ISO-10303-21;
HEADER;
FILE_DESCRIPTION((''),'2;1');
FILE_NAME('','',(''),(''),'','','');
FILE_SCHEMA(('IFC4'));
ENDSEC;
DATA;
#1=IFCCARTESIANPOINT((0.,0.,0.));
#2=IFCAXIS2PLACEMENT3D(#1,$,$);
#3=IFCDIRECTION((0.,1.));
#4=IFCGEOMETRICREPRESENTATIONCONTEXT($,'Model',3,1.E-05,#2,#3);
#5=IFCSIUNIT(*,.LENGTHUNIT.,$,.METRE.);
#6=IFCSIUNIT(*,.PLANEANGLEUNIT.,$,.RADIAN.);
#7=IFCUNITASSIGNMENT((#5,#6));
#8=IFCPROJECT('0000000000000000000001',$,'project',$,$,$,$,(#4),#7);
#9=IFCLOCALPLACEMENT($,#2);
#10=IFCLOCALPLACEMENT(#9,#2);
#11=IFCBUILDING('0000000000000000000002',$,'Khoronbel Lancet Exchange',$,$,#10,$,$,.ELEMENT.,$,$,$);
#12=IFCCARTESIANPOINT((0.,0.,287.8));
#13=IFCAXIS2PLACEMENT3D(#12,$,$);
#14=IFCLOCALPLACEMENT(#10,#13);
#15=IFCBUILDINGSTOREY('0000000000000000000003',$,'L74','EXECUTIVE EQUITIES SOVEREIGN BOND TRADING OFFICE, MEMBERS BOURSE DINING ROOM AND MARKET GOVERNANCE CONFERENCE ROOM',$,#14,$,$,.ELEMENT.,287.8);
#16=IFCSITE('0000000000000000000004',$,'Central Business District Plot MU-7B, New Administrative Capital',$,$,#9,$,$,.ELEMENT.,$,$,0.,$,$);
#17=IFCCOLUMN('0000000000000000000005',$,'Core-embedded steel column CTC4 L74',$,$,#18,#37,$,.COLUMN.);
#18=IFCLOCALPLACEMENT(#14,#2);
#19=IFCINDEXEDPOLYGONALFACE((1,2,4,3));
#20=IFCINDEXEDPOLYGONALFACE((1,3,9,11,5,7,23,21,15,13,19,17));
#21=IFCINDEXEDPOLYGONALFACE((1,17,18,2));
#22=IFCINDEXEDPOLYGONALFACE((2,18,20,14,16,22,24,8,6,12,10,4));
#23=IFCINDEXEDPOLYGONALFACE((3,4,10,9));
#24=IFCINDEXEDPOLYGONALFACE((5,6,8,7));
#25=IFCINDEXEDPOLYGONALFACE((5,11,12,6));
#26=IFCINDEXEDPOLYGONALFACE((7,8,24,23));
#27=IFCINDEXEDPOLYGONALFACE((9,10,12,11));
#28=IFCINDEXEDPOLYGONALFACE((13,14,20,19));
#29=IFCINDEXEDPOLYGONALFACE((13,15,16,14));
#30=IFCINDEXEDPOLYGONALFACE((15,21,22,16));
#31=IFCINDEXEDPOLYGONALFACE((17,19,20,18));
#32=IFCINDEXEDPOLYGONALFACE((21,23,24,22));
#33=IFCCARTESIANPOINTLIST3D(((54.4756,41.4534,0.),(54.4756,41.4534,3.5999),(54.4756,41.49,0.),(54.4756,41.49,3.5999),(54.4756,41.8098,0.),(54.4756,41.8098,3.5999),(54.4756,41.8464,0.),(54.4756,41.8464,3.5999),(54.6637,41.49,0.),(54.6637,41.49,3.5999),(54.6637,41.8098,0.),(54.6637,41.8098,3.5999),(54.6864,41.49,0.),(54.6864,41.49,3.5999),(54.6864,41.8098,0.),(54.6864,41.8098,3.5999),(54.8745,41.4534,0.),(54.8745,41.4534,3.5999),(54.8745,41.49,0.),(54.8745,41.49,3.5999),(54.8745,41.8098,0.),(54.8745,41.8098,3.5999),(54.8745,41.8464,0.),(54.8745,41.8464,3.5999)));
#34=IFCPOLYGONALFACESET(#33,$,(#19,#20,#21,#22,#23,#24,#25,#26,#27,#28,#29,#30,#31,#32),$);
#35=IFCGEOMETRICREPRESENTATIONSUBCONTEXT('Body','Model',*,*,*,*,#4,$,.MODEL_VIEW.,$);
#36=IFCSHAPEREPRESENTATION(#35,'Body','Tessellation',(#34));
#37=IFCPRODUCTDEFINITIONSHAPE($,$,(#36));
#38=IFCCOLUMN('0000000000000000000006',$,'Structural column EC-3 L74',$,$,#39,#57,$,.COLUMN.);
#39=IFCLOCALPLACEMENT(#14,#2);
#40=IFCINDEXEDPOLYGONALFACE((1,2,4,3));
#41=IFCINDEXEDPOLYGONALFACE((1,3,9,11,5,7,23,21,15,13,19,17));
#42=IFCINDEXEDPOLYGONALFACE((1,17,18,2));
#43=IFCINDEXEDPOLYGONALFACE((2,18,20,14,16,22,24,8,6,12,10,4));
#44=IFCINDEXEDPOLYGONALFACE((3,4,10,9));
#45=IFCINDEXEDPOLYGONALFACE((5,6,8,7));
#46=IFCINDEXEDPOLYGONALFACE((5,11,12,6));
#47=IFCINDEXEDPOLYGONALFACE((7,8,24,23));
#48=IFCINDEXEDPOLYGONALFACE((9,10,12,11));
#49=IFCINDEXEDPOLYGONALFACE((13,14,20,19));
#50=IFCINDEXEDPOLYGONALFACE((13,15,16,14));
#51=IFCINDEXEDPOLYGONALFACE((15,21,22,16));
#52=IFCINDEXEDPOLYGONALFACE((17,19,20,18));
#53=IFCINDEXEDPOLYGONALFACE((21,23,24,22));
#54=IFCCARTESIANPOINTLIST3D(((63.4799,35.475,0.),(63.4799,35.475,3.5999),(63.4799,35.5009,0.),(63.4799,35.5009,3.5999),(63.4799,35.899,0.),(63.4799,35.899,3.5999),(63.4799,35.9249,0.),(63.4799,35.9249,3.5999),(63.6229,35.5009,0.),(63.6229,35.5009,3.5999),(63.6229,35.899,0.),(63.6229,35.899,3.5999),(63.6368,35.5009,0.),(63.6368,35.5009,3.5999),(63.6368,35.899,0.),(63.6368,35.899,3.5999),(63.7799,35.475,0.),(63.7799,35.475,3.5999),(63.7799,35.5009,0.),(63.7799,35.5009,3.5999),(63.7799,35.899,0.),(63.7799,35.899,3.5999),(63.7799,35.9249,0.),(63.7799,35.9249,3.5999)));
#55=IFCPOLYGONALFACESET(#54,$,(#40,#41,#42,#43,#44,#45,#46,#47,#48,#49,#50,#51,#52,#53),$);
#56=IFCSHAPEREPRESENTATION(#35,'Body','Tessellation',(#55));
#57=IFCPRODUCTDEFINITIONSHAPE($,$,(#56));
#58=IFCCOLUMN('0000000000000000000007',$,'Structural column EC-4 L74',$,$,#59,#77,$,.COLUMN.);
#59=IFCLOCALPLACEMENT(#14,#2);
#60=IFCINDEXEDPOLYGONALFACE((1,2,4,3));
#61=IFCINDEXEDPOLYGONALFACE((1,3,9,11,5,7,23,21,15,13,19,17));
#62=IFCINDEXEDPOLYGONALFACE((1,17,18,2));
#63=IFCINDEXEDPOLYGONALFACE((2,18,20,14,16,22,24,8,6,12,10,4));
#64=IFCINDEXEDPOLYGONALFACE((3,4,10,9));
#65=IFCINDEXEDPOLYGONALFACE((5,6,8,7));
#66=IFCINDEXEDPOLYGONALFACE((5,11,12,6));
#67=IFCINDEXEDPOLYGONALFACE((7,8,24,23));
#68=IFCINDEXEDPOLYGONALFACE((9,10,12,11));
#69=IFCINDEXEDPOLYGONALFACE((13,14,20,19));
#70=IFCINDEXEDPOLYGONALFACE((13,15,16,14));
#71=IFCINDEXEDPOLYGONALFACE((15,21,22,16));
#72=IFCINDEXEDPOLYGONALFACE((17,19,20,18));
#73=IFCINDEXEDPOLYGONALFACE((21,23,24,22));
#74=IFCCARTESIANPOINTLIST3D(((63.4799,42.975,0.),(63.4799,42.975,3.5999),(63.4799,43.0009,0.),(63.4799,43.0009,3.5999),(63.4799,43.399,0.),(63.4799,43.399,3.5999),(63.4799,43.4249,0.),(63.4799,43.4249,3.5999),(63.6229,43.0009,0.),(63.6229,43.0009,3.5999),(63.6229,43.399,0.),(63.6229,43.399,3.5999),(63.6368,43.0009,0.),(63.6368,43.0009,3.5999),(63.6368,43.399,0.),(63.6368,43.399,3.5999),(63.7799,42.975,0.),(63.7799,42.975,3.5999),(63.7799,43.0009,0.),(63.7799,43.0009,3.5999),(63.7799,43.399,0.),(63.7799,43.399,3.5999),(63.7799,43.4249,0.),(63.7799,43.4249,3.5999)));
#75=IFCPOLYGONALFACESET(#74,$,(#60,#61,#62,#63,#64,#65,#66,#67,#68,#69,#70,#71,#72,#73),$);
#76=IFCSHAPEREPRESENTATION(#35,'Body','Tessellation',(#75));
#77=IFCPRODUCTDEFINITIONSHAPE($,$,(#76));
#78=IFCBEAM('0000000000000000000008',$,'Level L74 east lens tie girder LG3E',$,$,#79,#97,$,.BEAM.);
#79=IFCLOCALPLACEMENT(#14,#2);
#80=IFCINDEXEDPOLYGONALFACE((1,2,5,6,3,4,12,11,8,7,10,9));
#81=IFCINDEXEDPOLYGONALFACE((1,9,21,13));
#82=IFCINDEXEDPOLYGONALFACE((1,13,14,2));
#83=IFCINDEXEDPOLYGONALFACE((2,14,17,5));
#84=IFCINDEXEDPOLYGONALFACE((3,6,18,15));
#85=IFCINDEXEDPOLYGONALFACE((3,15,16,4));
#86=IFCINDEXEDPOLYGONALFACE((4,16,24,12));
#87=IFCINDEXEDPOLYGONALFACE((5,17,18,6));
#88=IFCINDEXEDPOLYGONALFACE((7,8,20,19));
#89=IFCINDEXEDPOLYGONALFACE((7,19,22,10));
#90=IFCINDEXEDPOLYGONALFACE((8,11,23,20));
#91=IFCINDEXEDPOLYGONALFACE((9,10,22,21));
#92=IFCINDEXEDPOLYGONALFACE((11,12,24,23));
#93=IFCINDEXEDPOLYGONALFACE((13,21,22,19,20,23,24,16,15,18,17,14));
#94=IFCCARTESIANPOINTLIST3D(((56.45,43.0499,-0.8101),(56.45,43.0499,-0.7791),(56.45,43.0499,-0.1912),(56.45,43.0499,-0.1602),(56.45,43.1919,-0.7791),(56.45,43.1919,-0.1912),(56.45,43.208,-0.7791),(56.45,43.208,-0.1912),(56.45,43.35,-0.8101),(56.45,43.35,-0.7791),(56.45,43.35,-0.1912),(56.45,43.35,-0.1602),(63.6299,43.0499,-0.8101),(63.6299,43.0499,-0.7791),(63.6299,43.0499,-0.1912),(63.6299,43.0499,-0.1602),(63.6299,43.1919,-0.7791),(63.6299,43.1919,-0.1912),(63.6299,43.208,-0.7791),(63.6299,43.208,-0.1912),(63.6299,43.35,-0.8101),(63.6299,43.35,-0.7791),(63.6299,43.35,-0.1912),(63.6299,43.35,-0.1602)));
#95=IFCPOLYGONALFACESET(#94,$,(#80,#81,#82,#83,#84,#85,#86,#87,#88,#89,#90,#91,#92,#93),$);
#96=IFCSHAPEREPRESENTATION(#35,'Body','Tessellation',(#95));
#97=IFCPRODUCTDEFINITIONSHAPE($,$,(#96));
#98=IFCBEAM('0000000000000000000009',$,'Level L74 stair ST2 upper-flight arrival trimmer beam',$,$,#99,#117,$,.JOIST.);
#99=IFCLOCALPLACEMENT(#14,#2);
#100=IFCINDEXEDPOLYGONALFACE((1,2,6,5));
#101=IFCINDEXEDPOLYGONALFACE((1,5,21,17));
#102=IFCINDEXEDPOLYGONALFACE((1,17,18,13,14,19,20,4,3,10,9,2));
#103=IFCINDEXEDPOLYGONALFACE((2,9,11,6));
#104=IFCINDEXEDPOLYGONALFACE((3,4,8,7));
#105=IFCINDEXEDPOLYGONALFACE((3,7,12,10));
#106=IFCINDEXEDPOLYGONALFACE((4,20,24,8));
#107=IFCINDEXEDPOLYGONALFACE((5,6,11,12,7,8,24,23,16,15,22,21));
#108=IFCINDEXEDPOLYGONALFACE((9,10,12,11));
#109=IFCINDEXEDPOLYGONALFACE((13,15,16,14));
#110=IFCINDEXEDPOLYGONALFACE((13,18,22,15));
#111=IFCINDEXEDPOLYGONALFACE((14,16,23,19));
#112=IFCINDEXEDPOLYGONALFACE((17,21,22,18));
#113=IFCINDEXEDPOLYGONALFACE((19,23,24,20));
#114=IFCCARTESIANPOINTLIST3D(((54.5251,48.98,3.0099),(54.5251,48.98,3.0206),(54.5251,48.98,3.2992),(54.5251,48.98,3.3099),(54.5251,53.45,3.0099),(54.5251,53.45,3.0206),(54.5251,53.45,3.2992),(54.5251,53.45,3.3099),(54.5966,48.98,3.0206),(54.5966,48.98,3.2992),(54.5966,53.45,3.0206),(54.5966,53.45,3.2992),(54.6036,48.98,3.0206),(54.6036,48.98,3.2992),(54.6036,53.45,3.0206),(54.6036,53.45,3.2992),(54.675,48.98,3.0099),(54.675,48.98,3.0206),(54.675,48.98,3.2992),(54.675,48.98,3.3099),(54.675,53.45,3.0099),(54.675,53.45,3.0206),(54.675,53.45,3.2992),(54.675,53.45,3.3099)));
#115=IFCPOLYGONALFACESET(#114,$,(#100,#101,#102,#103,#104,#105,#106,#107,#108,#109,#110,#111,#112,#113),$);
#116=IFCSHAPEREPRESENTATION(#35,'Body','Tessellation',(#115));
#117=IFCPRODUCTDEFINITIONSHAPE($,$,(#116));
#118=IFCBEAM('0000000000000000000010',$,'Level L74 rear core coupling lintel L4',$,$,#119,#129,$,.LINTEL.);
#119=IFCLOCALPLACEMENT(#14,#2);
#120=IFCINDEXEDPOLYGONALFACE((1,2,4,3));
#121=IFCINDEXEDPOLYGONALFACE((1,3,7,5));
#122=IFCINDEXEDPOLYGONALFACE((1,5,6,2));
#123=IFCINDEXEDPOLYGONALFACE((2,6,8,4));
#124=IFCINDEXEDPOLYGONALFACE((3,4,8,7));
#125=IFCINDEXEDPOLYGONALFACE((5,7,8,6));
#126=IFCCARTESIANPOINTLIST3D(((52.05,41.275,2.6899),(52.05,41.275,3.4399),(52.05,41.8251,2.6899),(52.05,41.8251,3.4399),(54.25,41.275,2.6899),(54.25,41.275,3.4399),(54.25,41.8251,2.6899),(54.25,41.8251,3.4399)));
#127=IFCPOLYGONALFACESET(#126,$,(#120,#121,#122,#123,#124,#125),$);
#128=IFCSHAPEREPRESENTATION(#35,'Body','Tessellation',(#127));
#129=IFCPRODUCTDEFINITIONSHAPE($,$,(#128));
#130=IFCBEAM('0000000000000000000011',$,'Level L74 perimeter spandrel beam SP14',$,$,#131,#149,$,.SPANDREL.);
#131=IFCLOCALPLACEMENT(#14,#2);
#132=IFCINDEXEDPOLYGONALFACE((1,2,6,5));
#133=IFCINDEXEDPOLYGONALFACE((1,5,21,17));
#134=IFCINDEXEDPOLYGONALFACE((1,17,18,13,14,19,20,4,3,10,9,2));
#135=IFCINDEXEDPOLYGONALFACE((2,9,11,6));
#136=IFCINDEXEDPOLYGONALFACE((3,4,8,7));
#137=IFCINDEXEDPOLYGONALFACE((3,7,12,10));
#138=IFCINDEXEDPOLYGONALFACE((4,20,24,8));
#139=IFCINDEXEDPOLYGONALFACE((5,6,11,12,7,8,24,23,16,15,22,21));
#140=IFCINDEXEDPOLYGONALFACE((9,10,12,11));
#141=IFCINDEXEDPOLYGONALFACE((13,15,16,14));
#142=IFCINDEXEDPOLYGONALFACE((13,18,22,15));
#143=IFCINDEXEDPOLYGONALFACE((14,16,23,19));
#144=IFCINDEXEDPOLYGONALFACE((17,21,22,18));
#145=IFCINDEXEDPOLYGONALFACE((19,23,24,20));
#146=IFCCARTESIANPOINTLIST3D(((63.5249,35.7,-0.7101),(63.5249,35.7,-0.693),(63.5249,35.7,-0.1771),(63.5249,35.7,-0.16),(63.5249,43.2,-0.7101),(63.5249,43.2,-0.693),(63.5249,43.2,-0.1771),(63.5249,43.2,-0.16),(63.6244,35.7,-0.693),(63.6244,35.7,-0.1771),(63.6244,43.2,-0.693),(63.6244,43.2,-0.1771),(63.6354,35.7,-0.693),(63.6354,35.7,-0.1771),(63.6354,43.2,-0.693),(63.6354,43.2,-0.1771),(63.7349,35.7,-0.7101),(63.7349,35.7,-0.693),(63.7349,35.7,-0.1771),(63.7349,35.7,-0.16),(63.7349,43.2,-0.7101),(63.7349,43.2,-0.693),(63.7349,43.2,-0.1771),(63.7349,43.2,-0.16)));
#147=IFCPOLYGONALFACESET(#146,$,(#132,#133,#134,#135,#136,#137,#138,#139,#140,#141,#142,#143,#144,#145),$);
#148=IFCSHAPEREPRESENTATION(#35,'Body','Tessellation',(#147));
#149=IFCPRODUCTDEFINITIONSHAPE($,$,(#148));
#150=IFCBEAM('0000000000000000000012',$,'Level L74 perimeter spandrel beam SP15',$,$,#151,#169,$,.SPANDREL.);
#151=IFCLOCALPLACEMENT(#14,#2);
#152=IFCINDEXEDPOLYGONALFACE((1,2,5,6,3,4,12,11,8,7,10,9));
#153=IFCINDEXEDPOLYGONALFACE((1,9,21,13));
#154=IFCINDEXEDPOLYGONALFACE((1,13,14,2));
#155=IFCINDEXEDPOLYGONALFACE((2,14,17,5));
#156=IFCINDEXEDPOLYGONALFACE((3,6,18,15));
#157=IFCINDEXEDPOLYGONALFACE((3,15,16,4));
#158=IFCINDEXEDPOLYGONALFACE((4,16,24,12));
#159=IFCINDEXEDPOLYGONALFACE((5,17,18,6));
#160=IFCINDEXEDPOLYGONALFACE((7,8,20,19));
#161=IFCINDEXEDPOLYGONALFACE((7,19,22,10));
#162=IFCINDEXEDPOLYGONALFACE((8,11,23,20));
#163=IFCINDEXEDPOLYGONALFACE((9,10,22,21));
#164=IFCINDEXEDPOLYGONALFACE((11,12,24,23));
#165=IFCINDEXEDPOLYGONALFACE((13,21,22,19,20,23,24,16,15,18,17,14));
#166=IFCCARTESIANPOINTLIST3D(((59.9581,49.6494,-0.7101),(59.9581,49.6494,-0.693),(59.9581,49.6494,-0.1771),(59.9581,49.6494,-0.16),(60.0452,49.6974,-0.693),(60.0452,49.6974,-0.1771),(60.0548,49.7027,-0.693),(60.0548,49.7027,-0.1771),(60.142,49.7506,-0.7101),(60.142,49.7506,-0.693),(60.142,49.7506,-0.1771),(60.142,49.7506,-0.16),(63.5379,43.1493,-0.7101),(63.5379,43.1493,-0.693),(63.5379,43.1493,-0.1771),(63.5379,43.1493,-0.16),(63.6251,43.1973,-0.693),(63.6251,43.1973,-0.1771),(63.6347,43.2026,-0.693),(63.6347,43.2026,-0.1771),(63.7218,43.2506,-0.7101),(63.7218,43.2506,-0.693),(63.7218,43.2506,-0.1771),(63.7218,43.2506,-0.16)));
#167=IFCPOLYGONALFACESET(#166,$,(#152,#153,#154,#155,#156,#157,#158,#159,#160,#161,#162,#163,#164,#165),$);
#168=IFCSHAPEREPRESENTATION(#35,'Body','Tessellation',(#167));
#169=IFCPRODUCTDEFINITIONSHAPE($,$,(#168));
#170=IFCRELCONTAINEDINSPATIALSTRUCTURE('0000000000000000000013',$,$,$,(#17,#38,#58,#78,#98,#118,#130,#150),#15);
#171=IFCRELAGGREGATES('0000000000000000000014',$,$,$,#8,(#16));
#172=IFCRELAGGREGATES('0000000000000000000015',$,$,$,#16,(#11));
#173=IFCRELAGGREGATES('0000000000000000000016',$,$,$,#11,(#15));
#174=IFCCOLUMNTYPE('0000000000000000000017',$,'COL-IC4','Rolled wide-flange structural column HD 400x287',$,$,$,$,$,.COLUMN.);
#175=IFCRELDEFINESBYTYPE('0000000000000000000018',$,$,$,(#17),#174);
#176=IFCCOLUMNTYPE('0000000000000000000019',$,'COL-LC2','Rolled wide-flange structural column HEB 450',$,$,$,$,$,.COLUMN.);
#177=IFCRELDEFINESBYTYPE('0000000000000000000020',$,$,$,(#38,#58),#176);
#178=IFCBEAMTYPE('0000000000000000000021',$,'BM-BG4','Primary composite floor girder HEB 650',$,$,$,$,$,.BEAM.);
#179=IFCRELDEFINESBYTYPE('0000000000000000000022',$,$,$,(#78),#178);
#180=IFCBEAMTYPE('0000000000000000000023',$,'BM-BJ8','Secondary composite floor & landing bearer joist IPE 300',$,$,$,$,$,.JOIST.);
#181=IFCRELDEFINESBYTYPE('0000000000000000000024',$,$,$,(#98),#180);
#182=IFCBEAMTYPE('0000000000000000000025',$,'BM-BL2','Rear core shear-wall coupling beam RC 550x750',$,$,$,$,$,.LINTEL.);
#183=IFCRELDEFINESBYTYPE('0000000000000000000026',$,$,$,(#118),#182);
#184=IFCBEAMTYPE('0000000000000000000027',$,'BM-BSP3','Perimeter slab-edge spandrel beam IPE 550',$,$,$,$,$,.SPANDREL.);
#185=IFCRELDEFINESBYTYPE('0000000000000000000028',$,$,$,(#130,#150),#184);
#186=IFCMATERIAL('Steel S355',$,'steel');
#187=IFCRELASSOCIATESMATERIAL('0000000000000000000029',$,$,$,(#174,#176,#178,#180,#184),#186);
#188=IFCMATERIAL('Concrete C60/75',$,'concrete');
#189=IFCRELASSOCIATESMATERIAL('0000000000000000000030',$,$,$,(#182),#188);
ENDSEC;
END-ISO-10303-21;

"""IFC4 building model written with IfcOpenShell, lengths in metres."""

from ifc_helpers import new_model, si_unit, direction, frame, origin, origin_2d, place, context, subcontext, project, spatial, rectangle, i_section, extrude, material, material_profile, profile_set, type_object, element, save


model = new_model("IFC4")

# Units and contexts
model_context = context("Model", 3, precision=1e-05, world=origin(), true_north=direction((0.0, 1.0)))
body_context = subcontext(model_context, "Body", "Model", "MODEL_VIEW")
ifc_project = project(units=[si_unit("LENGTHUNIT", "METRE"), si_unit("PLANEANGLEUNIT", "RADIAN")], contexts=[model_context])

# Site, building, storey
site_placement = place(None, origin())
site = spatial("IfcSite", under=ifc_project, at=site_placement, Name="Central Business District Plot MU-7B, New Administrative Capital", CompositionType="ELEMENT", RefElevation=0.0)
building_placement = place(site_placement, origin())
building = spatial("IfcBuilding", under=site, at=building_placement, Name="Khoronbel Lancet Exchange", CompositionType="ELEMENT")
storey_placement = place(building_placement, frame((0.0, 0.0, 287.8)))
storey = spatial("IfcBuildingStorey", under=building, at=storey_placement, Name="L74", Description="EXECUTIVE EQUITIES SOVEREIGN BOND TRADING OFFICE, MEMBERS BOURSE DINING ROOM AND MARKET GOVERNANCE CONFERENCE ROOM", CompositionType="ELEMENT", Elevation=287.8)

# Columns
ifc_material_1 = material(Name="Steel S355", Category="steel")
ifc_material_profile_1 = material_profile(ifc_material_1, i_section(OverallWidth=0.3989, OverallDepth=0.3931, WebThickness=0.0227, FlangeThickness=0.0366, at=origin_2d()), Name="HD 400x287")
ifc_profile_set_1 = profile_set([ifc_material_profile_1], Name="Steel S355")
column_type_1 = type_object("IfcColumnType", Name="COL-IC4", Description="Rolled wide-flange structural column HD 400x287", PredefinedType="COLUMN", material=ifc_profile_set_1)
column_placement = place(storey_placement, frame((54.675, 41.6499, 0.0), z_axis=(0.0, 0.0, 1.0), x_axis=(1.0, 0.0, 0.0)))
element("IfcColumn", 1, at=column_placement, inside=storey, type_object=column_type_1, Name="Core-embedded steel column CTC4 L74", PredefinedType="COLUMN", context=body_context, shape_type="SweptSolid", body=[
    extrude(i_section(OverallWidth=0.3989, OverallDepth=0.3931, WebThickness=0.0227, FlangeThickness=0.0366, at=origin_2d()), origin(), (0.0, 0.0, 1.0), 3.5999),
])
ifc_material_profile_2 = material_profile(ifc_material_1, i_section(OverallWidth=0.3, OverallDepth=0.45, WebThickness=0.0139, FlangeThickness=0.0259, at=origin_2d()), Name="HEB 450")
ifc_profile_set_2 = profile_set([ifc_material_profile_2], Name="Steel S355")
column_type_2 = type_object("IfcColumnType", Name="COL-LC2", Description="Rolled wide-flange structural column HEB 450", PredefinedType="COLUMN", material=ifc_profile_set_2)
for number, where, z_axis, x_axis, name in (
    (2, (63.6299, 35.7, 0.0), (0.0, 0.0, 1.0), (1.0, 0.0, 0.0), "Structural column EC-3 L74"),
    (3, (63.6299, 43.2, 0.0), (0.0, 0.0, 1.0), (1.0, 0.0, 0.0), "Structural column EC-4 L74"),
):
    element("IfcColumn", number, at=place(storey_placement, frame(where, z_axis=z_axis, x_axis=x_axis)), inside=storey, type_object=column_type_2, Name=name, PredefinedType="COLUMN", context=body_context, shape_type="SweptSolid", body=[
        extrude(i_section(OverallWidth=0.3, OverallDepth=0.45, WebThickness=0.0139, FlangeThickness=0.0259, at=origin_2d()), origin(), (0.0, 0.0, 1.0), 3.5999),
    ])

# Beams
ifc_material_profile_3 = material_profile(ifc_material_1, i_section(OverallWidth=0.3, OverallDepth=0.6499, WebThickness=0.0161, FlangeThickness=0.031, at=origin_2d()), Name="HEB 650")
ifc_profile_set_3 = profile_set([ifc_material_profile_3], Name="Steel S355")
beam_type_1 = type_object("IfcBeamType", Name="BM-BG4", Description="Primary composite floor girder HEB 650", PredefinedType="BEAM", material=ifc_profile_set_3)
beam_1_placement = place(storey_placement, frame((56.45, 43.2, -0.4851), z_axis=(1.0, 0.0, 0.0), x_axis=(0.0, 1.0, 0.0)))
element("IfcBeam", 4, at=beam_1_placement, inside=storey, type_object=beam_type_1, Name="Level L74 east lens tie girder LG3E", PredefinedType="BEAM", context=body_context, shape_type="SweptSolid", body=[
    extrude(i_section(OverallWidth=0.3, OverallDepth=0.6499, WebThickness=0.0161, FlangeThickness=0.031, at=origin_2d()), origin(), (0.0, 0.0, 1.0), 7.1799),
])
ifc_material_profile_4 = material_profile(ifc_material_1, i_section(OverallWidth=0.1499, OverallDepth=0.3, WebThickness=0.0071, FlangeThickness=0.0107, at=origin_2d()), Name="IPE 300")
ifc_profile_set_4 = profile_set([ifc_material_profile_4], Name="Steel S355")
beam_type_2 = type_object("IfcBeamType", Name="BM-BJ8", Description="Secondary composite floor & landing bearer joist IPE 300", PredefinedType="JOIST", material=ifc_profile_set_4)
beam_2_placement = place(storey_placement, frame((54.6001, 48.98, 3.1599), z_axis=(0.0, 1.0, 0.0), x_axis=(-1.0, 0.0, 0.0)))
element("IfcBeam", 5, at=beam_2_placement, inside=storey, type_object=beam_type_2, Name="Level L74 stair ST2 upper-flight arrival trimmer beam", PredefinedType="JOIST", context=body_context, shape_type="SweptSolid", body=[
    extrude(i_section(OverallWidth=0.1499, OverallDepth=0.3, WebThickness=0.0071, FlangeThickness=0.0107, at=origin_2d()), origin(), (0.0, 0.0, 1.0), 4.47),
])
ifc_material_2 = material(Name="Concrete C60/75", Category="concrete")
ifc_material_profile_5 = material_profile(ifc_material_2, rectangle(XDim=0.55, YDim=0.75, at=origin_2d()), Name="RC 550x750")
ifc_profile_set_5 = profile_set([ifc_material_profile_5], Name="Concrete C60/75")
beam_type_3 = type_object("IfcBeamType", Name="BM-BL2", Description="Rear core shear-wall coupling beam RC 550x750", PredefinedType="LINTEL", material=ifc_profile_set_5)
beam_3_placement = place(storey_placement, frame((52.05, 41.55, 3.0649), z_axis=(1.0, 0.0, 0.0), x_axis=(0.0, 1.0, 0.0)))
element("IfcBeam", 6, at=beam_3_placement, inside=storey, type_object=beam_type_3, Name="Level L74 rear core coupling lintel L4", PredefinedType="LINTEL", context=body_context, shape_type="SweptSolid", body=[
    extrude(rectangle(XDim=0.55, YDim=0.75, at=origin_2d()), origin(), (0.0, 0.0, 1.0), 2.2),
])
ifc_material_profile_6 = material_profile(ifc_material_1, i_section(OverallWidth=0.21, OverallDepth=0.55, WebThickness=0.011, FlangeThickness=0.0171, at=origin_2d()), Name="IPE 550")
ifc_profile_set_6 = profile_set([ifc_material_profile_6], Name="Steel S355")
beam_type_4 = type_object("IfcBeamType", Name="BM-BSP3", Description="Perimeter slab-edge spandrel beam IPE 550", PredefinedType="SPANDREL", material=ifc_profile_set_6)
beam_4_placement = place(storey_placement, frame((63.6299, 35.7, -0.4351), z_axis=(0.0, 1.0, 0.0), x_axis=(-1.0, 0.0, 0.0)))
element("IfcBeam", 7, at=beam_4_placement, inside=storey, type_object=beam_type_4, Name="Level L74 perimeter spandrel beam SP14", PredefinedType="SPANDREL", context=body_context, shape_type="SweptSolid", body=[
    extrude(i_section(OverallWidth=0.21, OverallDepth=0.55, WebThickness=0.011, FlangeThickness=0.0171, at=origin_2d()), origin(), (0.0, 0.0, 1.0), 7.5),
])
beam_5_placement = place(storey_placement, frame((63.6299, 43.2, -0.4351), z_axis=(-0.482419, 0.875941, 0.0), x_axis=(-0.875941, -0.482419, 0.0)))
element("IfcBeam", 8, at=beam_5_placement, inside=storey, type_object=beam_type_4, Name="Level L74 perimeter spandrel beam SP15", PredefinedType="SPANDREL", context=body_context, shape_type="SweptSolid", body=[
    extrude(i_section(OverallWidth=0.21, OverallDepth=0.55, WebThickness=0.011, FlangeThickness=0.0171, at=origin_2d()), origin(), (0.0, 0.0, 1.0), 7.4207),
])

save(model, "model.ifc")
